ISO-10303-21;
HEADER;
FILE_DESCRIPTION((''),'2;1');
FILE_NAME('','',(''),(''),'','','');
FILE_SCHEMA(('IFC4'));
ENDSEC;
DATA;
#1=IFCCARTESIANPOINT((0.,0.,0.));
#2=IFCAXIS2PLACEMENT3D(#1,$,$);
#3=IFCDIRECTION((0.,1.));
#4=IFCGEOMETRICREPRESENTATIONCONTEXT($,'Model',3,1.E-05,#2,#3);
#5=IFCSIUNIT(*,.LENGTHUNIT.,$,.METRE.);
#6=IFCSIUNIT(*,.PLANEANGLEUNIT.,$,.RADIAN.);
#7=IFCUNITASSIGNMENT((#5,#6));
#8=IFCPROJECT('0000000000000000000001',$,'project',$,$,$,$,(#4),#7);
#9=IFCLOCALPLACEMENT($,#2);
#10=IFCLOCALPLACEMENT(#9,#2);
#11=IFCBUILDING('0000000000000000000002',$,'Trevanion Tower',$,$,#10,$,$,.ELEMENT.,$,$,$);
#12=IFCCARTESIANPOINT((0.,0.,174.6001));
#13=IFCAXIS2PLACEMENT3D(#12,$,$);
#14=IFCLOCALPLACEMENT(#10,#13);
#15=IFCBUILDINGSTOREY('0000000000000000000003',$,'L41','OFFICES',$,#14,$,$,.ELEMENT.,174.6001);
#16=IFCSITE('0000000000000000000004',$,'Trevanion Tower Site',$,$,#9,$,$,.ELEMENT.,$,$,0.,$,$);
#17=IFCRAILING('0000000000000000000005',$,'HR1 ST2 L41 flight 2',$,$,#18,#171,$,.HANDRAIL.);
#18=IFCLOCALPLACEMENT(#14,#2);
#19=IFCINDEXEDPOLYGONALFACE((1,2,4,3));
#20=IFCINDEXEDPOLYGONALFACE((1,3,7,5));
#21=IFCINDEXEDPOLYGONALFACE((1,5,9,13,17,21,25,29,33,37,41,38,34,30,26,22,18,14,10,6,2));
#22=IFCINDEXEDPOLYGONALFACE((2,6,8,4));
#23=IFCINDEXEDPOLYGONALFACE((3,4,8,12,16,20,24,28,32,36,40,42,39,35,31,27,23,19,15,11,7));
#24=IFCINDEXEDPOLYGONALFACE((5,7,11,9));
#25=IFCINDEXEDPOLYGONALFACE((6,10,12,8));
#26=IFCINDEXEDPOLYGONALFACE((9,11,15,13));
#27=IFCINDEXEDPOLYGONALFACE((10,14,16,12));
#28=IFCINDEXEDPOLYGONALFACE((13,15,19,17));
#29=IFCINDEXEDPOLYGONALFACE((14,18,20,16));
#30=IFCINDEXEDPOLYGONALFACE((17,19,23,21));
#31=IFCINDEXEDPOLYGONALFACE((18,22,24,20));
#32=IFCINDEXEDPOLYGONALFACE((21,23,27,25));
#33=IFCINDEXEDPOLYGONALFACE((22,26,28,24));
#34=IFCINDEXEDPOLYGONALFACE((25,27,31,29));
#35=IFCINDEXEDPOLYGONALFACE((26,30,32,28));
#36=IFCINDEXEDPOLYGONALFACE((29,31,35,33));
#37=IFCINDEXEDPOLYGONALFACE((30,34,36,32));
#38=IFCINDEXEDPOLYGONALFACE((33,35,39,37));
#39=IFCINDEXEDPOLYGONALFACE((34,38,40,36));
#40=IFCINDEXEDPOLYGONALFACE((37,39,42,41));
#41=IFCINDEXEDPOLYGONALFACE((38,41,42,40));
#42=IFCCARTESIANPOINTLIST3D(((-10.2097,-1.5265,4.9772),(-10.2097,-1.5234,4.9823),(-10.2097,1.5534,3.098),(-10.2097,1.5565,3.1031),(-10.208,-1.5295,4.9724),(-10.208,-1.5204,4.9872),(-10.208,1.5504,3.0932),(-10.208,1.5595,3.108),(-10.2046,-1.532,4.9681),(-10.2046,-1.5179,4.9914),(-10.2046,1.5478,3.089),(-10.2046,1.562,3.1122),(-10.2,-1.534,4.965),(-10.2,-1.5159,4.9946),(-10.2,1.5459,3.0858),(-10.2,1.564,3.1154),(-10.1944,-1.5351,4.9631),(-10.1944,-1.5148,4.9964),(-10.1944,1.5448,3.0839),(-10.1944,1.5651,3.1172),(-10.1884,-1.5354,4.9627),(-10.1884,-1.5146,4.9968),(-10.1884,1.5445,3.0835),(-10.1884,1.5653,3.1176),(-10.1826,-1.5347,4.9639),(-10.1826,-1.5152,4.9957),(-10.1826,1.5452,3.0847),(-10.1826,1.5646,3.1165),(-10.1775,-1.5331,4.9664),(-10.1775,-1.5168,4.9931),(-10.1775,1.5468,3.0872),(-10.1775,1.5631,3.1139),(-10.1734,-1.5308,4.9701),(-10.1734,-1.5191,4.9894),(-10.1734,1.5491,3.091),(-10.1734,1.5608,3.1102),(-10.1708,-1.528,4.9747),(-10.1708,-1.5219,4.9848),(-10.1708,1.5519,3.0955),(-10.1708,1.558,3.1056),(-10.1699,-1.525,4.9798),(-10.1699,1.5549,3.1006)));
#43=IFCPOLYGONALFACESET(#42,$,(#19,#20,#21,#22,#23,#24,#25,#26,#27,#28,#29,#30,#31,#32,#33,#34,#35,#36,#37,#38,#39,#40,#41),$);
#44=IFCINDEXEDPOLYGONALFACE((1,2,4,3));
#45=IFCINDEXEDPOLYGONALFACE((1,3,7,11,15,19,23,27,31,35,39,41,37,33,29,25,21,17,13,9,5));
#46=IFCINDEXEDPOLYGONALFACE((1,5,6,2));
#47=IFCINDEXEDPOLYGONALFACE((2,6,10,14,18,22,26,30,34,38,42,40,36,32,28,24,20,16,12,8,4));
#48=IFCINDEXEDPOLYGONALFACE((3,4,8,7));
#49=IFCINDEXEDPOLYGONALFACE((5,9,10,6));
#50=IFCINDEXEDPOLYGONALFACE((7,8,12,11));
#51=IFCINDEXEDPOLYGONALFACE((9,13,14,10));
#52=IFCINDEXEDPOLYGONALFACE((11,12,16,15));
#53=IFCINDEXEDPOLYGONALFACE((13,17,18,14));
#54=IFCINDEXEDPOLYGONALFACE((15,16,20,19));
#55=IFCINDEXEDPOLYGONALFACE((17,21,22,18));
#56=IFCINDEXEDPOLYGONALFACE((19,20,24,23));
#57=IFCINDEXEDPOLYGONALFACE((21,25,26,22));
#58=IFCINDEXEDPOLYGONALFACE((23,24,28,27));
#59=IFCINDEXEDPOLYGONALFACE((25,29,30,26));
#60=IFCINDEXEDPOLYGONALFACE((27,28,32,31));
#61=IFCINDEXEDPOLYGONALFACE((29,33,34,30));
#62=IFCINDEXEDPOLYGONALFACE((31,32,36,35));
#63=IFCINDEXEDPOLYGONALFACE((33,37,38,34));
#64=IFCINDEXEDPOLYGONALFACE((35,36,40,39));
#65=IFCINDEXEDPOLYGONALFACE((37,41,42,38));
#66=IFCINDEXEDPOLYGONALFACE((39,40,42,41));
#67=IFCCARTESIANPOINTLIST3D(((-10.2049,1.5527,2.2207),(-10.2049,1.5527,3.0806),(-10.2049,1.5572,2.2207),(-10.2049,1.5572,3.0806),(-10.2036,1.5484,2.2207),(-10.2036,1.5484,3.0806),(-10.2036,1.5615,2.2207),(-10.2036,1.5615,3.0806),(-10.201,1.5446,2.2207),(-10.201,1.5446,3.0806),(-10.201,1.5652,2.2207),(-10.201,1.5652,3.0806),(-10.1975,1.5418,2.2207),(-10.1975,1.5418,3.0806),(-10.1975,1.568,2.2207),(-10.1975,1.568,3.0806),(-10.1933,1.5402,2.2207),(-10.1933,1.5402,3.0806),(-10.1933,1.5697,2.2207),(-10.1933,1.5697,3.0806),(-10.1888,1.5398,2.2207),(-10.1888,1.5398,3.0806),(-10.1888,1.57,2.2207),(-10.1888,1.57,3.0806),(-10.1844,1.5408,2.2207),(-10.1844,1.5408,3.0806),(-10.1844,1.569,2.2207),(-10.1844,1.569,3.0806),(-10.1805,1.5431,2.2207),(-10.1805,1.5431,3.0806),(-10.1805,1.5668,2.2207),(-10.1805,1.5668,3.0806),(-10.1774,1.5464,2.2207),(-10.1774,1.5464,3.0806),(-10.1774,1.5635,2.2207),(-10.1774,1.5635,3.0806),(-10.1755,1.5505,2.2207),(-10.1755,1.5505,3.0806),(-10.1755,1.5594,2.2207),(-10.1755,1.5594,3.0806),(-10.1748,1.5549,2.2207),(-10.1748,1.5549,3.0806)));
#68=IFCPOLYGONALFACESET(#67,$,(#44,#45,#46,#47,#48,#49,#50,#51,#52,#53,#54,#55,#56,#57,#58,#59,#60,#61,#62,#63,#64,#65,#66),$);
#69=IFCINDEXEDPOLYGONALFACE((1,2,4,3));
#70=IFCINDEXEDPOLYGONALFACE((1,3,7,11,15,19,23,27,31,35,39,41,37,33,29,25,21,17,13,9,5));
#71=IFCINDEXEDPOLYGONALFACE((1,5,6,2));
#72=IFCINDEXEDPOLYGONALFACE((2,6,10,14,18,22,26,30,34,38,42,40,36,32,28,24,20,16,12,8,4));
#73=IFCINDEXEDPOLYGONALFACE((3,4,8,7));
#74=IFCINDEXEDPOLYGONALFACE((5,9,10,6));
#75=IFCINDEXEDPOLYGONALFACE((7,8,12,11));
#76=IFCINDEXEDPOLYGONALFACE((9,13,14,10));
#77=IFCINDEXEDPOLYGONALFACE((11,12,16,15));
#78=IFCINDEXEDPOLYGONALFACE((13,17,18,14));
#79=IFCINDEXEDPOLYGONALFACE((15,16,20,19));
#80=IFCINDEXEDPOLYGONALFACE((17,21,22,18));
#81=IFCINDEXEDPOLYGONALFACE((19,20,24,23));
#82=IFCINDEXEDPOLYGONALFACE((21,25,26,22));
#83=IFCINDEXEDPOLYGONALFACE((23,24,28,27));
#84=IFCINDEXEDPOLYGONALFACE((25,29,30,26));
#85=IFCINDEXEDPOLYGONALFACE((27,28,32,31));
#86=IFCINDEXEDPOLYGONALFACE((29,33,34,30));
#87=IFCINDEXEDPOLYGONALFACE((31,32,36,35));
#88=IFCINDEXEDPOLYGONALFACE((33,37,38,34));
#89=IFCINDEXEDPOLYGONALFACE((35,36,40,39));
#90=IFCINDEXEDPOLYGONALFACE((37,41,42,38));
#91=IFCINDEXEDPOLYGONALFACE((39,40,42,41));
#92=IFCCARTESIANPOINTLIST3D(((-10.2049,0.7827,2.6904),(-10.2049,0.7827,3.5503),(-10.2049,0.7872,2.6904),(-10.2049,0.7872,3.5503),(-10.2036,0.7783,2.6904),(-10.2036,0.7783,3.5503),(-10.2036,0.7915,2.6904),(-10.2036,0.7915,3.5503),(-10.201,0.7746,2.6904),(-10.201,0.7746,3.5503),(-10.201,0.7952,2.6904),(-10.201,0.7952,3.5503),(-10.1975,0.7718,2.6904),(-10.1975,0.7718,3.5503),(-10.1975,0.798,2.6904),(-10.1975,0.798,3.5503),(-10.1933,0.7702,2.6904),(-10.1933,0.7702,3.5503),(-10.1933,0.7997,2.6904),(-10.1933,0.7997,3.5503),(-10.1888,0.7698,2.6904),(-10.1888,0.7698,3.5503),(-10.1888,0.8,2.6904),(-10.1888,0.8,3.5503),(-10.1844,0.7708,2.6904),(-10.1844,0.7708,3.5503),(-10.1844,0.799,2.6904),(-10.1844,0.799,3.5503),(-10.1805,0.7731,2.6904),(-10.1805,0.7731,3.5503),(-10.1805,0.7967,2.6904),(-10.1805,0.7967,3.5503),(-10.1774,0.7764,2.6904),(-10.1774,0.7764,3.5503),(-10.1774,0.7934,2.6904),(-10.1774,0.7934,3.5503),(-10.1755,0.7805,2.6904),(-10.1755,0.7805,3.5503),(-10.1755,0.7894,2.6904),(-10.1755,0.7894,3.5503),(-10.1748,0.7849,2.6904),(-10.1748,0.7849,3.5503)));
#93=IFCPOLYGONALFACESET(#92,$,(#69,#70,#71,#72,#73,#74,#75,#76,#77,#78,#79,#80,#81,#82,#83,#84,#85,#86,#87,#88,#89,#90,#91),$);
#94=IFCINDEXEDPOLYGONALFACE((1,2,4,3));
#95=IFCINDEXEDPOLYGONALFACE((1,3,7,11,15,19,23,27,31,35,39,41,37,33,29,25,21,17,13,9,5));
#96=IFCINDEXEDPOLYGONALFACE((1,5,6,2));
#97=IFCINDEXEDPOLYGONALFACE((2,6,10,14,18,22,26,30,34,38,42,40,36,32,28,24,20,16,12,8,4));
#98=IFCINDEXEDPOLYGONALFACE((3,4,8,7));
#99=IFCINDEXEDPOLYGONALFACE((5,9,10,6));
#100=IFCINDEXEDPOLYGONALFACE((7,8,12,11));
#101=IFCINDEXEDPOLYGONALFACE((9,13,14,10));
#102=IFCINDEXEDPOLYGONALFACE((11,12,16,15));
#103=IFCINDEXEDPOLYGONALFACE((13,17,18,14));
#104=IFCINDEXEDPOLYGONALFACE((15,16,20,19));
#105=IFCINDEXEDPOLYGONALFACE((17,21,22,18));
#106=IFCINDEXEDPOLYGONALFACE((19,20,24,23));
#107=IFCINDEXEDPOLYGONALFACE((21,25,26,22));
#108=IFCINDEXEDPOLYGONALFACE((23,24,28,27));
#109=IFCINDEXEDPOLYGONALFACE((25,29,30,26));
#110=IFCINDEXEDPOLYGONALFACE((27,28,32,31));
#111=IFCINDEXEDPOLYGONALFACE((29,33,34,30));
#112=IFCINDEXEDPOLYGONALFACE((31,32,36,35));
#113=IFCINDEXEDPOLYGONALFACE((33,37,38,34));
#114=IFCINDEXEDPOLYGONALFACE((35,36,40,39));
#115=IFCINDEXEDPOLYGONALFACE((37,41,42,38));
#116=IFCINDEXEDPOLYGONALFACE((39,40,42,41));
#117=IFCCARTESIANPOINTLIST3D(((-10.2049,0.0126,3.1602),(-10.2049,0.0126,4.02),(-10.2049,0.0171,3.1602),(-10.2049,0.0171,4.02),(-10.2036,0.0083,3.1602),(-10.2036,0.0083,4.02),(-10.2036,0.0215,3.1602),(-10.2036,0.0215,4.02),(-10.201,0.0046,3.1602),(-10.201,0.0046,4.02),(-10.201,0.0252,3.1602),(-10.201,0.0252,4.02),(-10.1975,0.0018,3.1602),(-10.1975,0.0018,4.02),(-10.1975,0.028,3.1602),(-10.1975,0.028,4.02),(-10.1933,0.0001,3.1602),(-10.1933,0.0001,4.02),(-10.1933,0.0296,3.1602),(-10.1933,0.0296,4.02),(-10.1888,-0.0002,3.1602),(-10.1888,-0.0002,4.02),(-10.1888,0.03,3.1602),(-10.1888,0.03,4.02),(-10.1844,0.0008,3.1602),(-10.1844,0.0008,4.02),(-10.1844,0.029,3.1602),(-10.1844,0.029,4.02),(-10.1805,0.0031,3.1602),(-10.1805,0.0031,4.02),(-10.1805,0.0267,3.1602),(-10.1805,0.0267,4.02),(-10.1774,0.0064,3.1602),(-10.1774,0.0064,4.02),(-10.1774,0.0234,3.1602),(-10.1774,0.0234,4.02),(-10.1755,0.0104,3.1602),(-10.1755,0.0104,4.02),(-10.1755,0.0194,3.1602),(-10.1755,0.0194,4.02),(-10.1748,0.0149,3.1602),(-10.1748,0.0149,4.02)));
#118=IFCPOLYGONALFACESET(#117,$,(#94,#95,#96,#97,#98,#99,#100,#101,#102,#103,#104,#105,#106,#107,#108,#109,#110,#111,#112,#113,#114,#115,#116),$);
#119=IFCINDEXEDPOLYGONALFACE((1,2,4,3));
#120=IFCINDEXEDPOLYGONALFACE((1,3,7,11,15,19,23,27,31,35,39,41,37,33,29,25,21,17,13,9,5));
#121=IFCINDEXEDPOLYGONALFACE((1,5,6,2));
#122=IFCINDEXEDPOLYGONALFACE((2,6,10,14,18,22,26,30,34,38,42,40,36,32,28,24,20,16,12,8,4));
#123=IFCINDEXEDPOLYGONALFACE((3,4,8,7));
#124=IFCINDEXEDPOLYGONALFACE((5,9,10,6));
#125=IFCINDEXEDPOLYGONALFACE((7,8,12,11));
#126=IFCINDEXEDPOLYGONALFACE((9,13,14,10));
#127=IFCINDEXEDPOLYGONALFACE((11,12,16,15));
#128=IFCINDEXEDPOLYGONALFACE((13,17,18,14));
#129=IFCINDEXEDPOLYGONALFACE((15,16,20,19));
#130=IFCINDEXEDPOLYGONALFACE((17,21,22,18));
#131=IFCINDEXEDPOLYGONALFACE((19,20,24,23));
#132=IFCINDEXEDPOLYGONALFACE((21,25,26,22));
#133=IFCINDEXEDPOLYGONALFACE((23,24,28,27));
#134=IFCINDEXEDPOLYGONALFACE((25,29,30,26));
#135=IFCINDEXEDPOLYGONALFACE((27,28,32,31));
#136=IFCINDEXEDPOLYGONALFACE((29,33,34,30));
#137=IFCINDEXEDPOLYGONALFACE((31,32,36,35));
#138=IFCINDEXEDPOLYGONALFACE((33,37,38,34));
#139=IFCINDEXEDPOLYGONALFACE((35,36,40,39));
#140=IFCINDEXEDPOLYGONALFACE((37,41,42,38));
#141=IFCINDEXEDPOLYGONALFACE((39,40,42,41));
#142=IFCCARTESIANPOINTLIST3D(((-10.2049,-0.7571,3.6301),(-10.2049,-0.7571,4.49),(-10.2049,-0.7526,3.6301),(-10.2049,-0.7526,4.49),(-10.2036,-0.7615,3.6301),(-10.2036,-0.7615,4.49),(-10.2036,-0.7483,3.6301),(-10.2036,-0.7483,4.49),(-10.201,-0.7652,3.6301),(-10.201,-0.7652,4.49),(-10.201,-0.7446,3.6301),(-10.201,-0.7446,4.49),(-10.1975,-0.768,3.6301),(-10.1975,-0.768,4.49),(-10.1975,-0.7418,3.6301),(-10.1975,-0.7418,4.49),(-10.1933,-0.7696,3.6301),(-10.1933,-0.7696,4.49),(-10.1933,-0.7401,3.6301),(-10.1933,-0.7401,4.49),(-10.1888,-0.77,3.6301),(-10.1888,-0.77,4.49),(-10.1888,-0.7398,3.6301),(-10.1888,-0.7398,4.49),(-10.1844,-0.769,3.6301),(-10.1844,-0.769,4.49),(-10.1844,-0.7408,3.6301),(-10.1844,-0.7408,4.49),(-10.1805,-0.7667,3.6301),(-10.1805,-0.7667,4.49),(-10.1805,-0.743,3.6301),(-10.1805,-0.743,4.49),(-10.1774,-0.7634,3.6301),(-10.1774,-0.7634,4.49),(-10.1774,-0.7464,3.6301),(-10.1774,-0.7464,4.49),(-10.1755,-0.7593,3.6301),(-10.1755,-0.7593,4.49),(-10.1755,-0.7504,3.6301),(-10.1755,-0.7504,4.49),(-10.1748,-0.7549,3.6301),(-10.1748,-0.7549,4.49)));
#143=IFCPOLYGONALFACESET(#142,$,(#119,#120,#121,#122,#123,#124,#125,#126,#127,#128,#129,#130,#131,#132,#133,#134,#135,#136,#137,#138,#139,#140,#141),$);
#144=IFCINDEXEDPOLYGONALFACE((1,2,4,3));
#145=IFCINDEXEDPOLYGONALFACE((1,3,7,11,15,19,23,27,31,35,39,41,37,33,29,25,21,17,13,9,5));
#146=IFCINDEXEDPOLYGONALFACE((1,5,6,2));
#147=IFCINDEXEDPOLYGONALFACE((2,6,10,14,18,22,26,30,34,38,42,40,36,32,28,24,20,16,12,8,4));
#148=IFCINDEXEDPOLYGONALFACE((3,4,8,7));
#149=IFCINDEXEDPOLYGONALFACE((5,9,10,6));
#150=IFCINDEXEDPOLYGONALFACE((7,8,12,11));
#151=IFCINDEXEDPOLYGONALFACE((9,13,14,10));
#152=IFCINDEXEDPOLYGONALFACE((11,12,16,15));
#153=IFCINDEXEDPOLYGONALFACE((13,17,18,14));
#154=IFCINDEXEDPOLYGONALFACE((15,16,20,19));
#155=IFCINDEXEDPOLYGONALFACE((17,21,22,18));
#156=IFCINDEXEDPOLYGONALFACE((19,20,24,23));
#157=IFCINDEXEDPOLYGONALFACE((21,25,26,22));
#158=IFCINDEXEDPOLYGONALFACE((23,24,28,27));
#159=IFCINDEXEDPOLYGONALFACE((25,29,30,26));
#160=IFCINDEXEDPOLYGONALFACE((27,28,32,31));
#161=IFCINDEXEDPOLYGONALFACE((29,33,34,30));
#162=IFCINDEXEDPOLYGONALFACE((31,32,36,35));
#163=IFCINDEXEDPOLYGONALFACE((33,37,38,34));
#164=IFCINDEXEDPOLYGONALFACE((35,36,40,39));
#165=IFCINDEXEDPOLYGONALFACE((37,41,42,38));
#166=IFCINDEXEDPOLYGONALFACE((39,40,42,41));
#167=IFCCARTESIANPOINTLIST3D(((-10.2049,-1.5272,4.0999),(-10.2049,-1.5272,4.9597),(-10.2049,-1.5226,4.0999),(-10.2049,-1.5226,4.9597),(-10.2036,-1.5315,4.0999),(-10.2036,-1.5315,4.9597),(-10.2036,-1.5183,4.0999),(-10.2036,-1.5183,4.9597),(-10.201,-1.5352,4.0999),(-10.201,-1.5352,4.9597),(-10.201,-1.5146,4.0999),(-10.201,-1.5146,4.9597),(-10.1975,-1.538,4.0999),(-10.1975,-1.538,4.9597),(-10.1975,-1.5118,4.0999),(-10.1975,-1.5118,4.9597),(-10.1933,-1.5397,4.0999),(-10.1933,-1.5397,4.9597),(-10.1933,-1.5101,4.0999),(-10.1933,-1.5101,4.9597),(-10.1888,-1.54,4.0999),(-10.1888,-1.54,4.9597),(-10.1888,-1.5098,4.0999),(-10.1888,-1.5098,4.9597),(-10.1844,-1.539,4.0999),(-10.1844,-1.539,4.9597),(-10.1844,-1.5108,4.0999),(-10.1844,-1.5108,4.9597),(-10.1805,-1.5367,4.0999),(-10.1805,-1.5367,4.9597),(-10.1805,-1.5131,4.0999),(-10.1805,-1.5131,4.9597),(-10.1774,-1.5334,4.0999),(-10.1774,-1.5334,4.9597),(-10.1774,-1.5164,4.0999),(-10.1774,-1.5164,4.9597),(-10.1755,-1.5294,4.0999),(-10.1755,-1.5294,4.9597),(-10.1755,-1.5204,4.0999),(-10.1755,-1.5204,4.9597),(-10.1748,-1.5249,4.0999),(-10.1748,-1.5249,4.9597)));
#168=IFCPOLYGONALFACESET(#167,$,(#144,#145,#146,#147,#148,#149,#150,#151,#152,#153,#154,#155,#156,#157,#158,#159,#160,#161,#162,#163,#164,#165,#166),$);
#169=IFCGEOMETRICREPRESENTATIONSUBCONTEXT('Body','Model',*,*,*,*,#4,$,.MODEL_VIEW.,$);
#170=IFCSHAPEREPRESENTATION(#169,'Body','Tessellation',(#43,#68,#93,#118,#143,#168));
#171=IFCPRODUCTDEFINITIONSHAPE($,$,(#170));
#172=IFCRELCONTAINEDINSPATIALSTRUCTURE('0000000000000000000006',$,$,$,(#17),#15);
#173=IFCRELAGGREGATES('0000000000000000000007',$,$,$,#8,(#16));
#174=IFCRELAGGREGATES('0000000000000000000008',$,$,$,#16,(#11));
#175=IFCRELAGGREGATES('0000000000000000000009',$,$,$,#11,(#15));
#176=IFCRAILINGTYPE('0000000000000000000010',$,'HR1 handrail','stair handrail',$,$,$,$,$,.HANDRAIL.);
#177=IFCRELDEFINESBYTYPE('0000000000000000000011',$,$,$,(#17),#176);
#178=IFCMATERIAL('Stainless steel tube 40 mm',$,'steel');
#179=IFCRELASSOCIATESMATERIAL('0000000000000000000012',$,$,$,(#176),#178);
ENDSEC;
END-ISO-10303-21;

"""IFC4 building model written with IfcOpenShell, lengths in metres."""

from ifc_helpers import new_model, si_unit, direction, frame, origin, origin_2d, place, context, subcontext, project, spatial, circle, extrude, material, type_object, element, save


model = new_model("IFC4")

# Units and contexts
model_context = context("Model", 3, precision=1e-05, world=origin(), true_north=direction((0.0, 1.0)))
body_context = subcontext(model_context, "Body", "Model", "MODEL_VIEW")
ifc_project = project(units=[si_unit("LENGTHUNIT", "METRE"), si_unit("PLANEANGLEUNIT", "RADIAN")], contexts=[model_context])

# Site, building, storey
site_placement = place(None, origin())
site = spatial("IfcSite", under=ifc_project, at=site_placement, Name="Trevanion Tower Site", CompositionType="ELEMENT", RefElevation=0.0)
building_placement = place(site_placement, origin())
building = spatial("IfcBuilding", under=site, at=building_placement, Name="Trevanion Tower", CompositionType="ELEMENT")
storey_placement = place(building_placement, frame((0.0, 0.0, 174.6001)))
storey = spatial("IfcBuildingStorey", under=building, at=storey_placement, Name="L41", Description="OFFICES", CompositionType="ELEMENT", Elevation=174.6001)

# Railing
ifc_material_1 = material(Name="Stainless steel tube 40 mm", Category="steel")
railing_type = type_object("IfcRailingType", Name="HR1 handrail", Description="stair handrail", PredefinedType="HANDRAIL", material=ifc_material_1)
for number, where, name in (
    (1, (-10.1899, 1.5549, 2.2207), "HR1 ST2 L41 flight 2"),
):
    element("IfcRailing", number, at=place(storey_placement, frame(where)), inside=storey, type_object=railing_type, Name=name, PredefinedType="HANDRAIL", context=body_context, shape_type="SweptSolid", body=[
        extrude(circle(Radius=0.02, at=origin_2d()), frame((0.0, 0.0, 0.8799), z_axis=(0.0, -0.853648, 0.52085), x_axis=(1.0, 0.0, 0.0)), (0.0, 0.0, 1.0), 3.6079),
        extrude(circle(Radius=0.0151, at=origin_2d()), origin(), (0.0, 0.0, 1.0), 0.8599),
        extrude(circle(Radius=0.0151, at=origin_2d()), frame((0.0, -0.77, 0.4697)), (0.0, 0.0, 1.0), 0.8599),
        extrude(circle(Radius=0.0151, at=origin_2d()), frame((0.0, -1.54, 0.9395)), (0.0, 0.0, 1.0), 0.8599),
        extrude(circle(Radius=0.0151, at=origin_2d()), frame((0.0, -2.3098, 1.4094)), (0.0, 0.0, 1.0), 0.8599),
        extrude(circle(Radius=0.0151, at=origin_2d()), frame((0.0, -3.0798, 1.8792)), (0.0, 0.0, 1.0), 0.8599),
    ])

save(model, "model.ifc")
